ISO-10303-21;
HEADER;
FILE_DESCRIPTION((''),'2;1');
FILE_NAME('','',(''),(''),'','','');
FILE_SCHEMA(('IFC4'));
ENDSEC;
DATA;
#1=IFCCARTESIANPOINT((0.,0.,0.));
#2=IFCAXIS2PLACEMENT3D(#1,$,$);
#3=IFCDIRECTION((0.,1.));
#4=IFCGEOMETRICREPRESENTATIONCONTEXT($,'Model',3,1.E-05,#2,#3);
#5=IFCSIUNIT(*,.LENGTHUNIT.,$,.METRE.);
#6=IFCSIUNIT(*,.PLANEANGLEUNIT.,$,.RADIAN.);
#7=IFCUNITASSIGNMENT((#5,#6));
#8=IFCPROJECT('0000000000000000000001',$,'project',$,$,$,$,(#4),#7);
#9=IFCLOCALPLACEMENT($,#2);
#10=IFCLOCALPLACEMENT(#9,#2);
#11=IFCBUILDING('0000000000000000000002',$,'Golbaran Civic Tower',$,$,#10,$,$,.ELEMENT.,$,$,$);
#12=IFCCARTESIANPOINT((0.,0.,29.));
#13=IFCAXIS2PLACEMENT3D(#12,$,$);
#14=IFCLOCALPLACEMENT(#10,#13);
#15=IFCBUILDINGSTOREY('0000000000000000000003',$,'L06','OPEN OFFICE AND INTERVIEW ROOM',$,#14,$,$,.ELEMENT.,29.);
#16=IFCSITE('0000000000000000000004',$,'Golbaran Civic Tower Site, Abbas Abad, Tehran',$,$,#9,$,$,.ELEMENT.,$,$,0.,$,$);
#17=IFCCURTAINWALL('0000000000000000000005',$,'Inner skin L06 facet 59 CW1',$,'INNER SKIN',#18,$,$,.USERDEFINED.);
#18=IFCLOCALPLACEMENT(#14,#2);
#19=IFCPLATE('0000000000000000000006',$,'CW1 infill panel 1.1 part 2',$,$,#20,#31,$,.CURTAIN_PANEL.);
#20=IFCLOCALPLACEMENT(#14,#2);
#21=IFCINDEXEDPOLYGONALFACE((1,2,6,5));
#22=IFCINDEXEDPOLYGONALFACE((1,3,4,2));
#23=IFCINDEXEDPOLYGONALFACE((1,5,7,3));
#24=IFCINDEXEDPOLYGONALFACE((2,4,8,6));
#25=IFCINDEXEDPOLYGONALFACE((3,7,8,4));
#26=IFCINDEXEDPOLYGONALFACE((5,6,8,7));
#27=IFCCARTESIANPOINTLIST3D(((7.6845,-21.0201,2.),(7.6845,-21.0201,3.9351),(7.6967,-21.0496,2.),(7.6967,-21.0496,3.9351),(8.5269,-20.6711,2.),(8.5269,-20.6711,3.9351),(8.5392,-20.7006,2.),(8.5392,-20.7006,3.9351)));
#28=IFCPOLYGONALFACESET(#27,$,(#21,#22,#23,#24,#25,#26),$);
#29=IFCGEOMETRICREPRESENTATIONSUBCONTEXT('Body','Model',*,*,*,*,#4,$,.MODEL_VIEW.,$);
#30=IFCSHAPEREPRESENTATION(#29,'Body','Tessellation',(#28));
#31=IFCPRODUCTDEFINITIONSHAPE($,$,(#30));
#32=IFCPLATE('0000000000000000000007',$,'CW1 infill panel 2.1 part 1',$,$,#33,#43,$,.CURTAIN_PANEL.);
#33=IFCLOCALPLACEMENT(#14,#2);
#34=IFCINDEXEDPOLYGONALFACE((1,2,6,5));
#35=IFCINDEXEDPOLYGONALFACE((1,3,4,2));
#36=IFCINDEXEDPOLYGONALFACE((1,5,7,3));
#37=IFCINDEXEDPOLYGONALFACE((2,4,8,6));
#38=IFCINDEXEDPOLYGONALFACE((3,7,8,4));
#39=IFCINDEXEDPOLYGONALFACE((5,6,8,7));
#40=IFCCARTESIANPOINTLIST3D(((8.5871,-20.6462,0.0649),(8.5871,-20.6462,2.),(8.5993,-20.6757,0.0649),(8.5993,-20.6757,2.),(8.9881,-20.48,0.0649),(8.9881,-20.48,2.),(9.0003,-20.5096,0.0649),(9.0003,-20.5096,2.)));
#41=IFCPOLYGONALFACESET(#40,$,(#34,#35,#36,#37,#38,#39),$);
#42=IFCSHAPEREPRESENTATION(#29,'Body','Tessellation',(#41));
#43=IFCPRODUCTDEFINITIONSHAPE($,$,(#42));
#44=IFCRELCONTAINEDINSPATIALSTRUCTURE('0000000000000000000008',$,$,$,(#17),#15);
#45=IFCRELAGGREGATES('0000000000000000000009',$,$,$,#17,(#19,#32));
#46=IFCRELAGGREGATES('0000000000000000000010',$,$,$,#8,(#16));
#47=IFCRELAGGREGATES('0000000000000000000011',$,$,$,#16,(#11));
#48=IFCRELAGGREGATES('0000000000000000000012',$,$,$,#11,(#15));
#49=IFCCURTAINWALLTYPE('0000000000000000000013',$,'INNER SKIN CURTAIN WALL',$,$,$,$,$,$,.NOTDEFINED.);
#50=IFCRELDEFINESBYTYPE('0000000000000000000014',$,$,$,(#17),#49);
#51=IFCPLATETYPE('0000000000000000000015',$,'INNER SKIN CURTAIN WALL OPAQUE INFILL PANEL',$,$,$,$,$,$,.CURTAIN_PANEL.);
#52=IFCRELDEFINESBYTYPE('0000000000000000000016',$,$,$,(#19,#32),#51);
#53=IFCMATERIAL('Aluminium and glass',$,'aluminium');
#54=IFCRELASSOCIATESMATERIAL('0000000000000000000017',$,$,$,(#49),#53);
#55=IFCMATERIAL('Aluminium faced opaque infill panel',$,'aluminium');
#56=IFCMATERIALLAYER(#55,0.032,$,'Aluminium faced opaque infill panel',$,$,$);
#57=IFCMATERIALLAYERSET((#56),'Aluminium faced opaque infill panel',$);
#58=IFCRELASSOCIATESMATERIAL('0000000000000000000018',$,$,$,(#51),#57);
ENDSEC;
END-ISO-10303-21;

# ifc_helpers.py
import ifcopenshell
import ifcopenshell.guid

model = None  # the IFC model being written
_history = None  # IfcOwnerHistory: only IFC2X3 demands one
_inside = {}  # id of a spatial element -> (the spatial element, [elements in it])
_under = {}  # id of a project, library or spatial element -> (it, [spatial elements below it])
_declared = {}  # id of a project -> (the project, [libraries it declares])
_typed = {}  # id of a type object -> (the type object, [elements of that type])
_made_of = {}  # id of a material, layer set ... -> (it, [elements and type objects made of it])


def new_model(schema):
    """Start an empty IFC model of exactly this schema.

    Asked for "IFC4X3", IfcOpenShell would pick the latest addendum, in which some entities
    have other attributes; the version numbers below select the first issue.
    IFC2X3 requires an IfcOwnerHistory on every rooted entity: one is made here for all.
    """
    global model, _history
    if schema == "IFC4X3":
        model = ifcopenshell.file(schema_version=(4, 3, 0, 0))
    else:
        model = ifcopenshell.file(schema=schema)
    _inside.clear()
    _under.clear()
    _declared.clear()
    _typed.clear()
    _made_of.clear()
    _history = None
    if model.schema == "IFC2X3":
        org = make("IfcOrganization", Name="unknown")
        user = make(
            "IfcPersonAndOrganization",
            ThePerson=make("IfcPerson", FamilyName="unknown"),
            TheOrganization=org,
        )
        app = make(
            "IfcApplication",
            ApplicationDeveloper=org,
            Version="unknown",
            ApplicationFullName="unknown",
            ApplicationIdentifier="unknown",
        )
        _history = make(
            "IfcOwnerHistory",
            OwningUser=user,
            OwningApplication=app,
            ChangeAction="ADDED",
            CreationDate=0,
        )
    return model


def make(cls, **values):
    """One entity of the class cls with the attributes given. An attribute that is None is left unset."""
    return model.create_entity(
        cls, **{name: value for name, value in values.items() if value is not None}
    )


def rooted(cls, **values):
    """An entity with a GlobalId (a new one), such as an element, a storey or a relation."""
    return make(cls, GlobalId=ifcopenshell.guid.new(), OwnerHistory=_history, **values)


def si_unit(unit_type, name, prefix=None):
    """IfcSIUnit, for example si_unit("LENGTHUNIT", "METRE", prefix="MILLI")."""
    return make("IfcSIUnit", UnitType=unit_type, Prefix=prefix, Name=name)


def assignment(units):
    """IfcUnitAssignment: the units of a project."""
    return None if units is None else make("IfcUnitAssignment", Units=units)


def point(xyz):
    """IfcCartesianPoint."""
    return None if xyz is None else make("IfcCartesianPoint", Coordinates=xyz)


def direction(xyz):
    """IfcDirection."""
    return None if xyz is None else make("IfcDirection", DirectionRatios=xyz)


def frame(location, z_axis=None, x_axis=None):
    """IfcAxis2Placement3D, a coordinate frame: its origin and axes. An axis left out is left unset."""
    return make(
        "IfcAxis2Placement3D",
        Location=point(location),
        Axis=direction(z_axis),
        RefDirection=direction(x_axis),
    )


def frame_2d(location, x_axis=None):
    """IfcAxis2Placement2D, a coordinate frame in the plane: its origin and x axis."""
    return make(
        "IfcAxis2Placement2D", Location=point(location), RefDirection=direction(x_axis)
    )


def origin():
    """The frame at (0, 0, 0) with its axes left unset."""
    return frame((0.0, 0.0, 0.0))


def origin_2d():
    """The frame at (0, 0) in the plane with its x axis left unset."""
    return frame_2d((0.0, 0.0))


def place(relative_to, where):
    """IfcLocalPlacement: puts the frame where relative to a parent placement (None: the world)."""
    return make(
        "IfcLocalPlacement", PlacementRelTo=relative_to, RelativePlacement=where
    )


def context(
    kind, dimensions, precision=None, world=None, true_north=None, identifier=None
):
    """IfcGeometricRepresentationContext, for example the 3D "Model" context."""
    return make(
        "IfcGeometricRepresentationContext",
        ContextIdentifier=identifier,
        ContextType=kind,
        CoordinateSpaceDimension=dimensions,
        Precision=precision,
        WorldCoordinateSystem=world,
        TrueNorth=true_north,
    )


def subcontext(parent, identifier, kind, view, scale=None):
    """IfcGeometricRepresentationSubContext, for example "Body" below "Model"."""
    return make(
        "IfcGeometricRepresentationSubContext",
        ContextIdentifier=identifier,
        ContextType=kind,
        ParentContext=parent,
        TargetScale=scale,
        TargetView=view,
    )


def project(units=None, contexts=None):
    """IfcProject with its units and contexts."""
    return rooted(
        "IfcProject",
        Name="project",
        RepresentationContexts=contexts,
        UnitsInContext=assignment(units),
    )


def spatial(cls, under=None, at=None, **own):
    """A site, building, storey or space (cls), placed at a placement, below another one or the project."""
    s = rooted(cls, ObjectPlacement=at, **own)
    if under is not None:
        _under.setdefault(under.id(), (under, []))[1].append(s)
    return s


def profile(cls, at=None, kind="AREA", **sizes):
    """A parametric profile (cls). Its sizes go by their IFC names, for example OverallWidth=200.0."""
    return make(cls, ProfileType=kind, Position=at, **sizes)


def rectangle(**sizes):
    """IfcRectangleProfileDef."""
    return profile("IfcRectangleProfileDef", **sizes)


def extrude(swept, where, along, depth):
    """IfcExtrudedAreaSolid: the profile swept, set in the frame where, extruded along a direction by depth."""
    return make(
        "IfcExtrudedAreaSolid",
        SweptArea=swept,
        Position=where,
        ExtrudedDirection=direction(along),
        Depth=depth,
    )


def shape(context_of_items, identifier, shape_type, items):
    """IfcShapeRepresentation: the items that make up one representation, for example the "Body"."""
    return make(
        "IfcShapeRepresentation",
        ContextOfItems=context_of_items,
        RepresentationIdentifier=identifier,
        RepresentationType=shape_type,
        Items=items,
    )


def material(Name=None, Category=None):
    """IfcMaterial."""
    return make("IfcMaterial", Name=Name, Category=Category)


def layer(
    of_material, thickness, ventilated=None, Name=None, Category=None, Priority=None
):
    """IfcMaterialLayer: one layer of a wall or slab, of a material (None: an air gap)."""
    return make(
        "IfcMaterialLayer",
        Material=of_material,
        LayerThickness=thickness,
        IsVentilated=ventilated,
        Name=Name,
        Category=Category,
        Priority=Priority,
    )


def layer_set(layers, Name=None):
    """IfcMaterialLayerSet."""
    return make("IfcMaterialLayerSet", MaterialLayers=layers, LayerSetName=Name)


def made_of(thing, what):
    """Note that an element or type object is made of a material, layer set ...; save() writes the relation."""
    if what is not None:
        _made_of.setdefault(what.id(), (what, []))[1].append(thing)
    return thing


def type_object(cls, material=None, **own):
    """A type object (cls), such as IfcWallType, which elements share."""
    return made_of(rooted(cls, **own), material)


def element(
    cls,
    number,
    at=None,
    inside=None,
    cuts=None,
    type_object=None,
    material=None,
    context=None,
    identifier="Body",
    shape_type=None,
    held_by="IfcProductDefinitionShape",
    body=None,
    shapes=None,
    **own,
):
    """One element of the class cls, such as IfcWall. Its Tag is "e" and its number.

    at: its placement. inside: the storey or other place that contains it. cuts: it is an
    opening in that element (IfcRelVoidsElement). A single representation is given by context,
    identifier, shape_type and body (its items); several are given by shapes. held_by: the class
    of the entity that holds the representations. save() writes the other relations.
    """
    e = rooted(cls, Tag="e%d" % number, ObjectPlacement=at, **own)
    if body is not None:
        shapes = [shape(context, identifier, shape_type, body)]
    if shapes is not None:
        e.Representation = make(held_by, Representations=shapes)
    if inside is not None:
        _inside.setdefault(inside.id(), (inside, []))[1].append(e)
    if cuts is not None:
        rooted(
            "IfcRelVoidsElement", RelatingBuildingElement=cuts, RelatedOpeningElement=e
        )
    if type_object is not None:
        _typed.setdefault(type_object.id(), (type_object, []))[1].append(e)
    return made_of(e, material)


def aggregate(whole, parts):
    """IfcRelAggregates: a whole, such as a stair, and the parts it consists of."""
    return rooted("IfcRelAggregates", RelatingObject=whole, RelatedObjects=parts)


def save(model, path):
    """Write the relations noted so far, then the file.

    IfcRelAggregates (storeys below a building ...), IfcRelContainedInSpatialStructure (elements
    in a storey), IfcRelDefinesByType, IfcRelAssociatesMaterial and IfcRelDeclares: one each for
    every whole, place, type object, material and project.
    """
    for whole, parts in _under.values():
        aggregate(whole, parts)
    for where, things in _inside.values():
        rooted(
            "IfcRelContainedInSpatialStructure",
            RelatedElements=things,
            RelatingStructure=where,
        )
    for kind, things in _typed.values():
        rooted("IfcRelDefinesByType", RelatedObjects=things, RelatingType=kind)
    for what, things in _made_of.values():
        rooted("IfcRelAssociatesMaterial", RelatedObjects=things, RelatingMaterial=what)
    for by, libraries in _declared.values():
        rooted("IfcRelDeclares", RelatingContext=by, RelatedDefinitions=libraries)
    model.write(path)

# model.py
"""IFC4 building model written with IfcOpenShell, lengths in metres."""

from ifc_helpers import new_model, si_unit, direction, frame, origin, origin_2d, place, context, subcontext, project, spatial, rectangle, extrude, material, layer, layer_set, type_object, element, aggregate, save


model = new_model("IFC4")

# Units and contexts
model_context = context("Model", 3, precision=1e-05, world=origin(), true_north=direction((0.0, 1.0)))
body_context = subcontext(model_context, "Body", "Model", "MODEL_VIEW")
ifc_project = project(units=[si_unit("LENGTHUNIT", "METRE"), si_unit("PLANEANGLEUNIT", "RADIAN")], contexts=[model_context])

# Site, building, storey
site_placement = place(None, origin())
site = spatial("IfcSite", under=ifc_project, at=site_placement, Name="Golbaran Civic Tower Site, Abbas Abad, Tehran", CompositionType="ELEMENT", RefElevation=0.0)
building_placement = place(site_placement, origin())
building = spatial("IfcBuilding", under=site, at=building_placement, Name="Golbaran Civic Tower", CompositionType="ELEMENT")
storey_placement = place(building_placement, frame((0.0, 0.0, 29.0)))
storey = spatial("IfcBuildingStorey", under=building, at=storey_placement, Name="L06", Description="OPEN OFFICE AND INTERVIEW ROOM", CompositionType="ELEMENT", Elevation=29.0)

# Shared definitions
ifc_material_1 = material(Name="Aluminium and glass", Category="aluminium")
curtain_wall_type = type_object("IfcCurtainWallType", Name="INNER SKIN CURTAIN WALL", PredefinedType="NOTDEFINED", material=ifc_material_1)

# Curtain wall
curtain_wall_1_placement = place(storey_placement, origin())
curtain_wall_1 = element("IfcCurtainWall", 1, at=curtain_wall_1_placement, inside=storey, type_object=curtain_wall_type, Name="Inner skin L06 facet 59 CW1", ObjectType="INNER SKIN", PredefinedType="USERDEFINED")

# Plates
ifc_material_2 = material(Name="Aluminium faced opaque infill panel", Category="aluminium")
ifc_layer_1 = layer(ifc_material_2, 0.032, Name="Aluminium faced opaque infill panel")
ifc_layer_set_1 = layer_set([ifc_layer_1], Name="Aluminium faced opaque infill panel")
plate_type_1 = type_object("IfcPlateType", Name="INNER SKIN CURTAIN WALL OPAQUE INFILL PANEL", PredefinedType="CURTAIN_PANEL", material=ifc_layer_set_1)
plate_1_placement = place(storey_placement, frame((8.1118, -20.8604, 2.0), z_axis=(0.0, 0.0, 1.0), x_axis=(0.92388, 0.382683, 0.0)))
plate_1 = element("IfcPlate", 2, at=plate_1_placement, type_object=plate_type_1, Name="CW1 infill panel 1.1 part 2", PredefinedType="CURTAIN_PANEL", context=body_context, shape_type="SweptSolid", body=[
    extrude(rectangle(XDim=0.9119, YDim=0.032, at=origin_2d()), origin(), (0.0, 0.0, 1.0), 1.9351),
])
plate_2_placement = place(storey_placement, frame((8.7937, -20.5779, 0.0649), z_axis=(0.0, 0.0, 1.0), x_axis=(0.92388, 0.382683, 0.0)))
plate_2 = element("IfcPlate", 3, at=plate_2_placement, type_object=plate_type_1, Name="CW1 infill panel 2.1 part 1", PredefinedType="CURTAIN_PANEL", context=body_context, shape_type="SweptSolid", body=[
    extrude(rectangle(XDim=0.4341, YDim=0.032, at=origin_2d()), origin(), (0.0, 0.0, 1.0), 1.9351),
])
aggregate(curtain_wall_1, [plate_1, plate_2])

save(model, "model.ifc")
